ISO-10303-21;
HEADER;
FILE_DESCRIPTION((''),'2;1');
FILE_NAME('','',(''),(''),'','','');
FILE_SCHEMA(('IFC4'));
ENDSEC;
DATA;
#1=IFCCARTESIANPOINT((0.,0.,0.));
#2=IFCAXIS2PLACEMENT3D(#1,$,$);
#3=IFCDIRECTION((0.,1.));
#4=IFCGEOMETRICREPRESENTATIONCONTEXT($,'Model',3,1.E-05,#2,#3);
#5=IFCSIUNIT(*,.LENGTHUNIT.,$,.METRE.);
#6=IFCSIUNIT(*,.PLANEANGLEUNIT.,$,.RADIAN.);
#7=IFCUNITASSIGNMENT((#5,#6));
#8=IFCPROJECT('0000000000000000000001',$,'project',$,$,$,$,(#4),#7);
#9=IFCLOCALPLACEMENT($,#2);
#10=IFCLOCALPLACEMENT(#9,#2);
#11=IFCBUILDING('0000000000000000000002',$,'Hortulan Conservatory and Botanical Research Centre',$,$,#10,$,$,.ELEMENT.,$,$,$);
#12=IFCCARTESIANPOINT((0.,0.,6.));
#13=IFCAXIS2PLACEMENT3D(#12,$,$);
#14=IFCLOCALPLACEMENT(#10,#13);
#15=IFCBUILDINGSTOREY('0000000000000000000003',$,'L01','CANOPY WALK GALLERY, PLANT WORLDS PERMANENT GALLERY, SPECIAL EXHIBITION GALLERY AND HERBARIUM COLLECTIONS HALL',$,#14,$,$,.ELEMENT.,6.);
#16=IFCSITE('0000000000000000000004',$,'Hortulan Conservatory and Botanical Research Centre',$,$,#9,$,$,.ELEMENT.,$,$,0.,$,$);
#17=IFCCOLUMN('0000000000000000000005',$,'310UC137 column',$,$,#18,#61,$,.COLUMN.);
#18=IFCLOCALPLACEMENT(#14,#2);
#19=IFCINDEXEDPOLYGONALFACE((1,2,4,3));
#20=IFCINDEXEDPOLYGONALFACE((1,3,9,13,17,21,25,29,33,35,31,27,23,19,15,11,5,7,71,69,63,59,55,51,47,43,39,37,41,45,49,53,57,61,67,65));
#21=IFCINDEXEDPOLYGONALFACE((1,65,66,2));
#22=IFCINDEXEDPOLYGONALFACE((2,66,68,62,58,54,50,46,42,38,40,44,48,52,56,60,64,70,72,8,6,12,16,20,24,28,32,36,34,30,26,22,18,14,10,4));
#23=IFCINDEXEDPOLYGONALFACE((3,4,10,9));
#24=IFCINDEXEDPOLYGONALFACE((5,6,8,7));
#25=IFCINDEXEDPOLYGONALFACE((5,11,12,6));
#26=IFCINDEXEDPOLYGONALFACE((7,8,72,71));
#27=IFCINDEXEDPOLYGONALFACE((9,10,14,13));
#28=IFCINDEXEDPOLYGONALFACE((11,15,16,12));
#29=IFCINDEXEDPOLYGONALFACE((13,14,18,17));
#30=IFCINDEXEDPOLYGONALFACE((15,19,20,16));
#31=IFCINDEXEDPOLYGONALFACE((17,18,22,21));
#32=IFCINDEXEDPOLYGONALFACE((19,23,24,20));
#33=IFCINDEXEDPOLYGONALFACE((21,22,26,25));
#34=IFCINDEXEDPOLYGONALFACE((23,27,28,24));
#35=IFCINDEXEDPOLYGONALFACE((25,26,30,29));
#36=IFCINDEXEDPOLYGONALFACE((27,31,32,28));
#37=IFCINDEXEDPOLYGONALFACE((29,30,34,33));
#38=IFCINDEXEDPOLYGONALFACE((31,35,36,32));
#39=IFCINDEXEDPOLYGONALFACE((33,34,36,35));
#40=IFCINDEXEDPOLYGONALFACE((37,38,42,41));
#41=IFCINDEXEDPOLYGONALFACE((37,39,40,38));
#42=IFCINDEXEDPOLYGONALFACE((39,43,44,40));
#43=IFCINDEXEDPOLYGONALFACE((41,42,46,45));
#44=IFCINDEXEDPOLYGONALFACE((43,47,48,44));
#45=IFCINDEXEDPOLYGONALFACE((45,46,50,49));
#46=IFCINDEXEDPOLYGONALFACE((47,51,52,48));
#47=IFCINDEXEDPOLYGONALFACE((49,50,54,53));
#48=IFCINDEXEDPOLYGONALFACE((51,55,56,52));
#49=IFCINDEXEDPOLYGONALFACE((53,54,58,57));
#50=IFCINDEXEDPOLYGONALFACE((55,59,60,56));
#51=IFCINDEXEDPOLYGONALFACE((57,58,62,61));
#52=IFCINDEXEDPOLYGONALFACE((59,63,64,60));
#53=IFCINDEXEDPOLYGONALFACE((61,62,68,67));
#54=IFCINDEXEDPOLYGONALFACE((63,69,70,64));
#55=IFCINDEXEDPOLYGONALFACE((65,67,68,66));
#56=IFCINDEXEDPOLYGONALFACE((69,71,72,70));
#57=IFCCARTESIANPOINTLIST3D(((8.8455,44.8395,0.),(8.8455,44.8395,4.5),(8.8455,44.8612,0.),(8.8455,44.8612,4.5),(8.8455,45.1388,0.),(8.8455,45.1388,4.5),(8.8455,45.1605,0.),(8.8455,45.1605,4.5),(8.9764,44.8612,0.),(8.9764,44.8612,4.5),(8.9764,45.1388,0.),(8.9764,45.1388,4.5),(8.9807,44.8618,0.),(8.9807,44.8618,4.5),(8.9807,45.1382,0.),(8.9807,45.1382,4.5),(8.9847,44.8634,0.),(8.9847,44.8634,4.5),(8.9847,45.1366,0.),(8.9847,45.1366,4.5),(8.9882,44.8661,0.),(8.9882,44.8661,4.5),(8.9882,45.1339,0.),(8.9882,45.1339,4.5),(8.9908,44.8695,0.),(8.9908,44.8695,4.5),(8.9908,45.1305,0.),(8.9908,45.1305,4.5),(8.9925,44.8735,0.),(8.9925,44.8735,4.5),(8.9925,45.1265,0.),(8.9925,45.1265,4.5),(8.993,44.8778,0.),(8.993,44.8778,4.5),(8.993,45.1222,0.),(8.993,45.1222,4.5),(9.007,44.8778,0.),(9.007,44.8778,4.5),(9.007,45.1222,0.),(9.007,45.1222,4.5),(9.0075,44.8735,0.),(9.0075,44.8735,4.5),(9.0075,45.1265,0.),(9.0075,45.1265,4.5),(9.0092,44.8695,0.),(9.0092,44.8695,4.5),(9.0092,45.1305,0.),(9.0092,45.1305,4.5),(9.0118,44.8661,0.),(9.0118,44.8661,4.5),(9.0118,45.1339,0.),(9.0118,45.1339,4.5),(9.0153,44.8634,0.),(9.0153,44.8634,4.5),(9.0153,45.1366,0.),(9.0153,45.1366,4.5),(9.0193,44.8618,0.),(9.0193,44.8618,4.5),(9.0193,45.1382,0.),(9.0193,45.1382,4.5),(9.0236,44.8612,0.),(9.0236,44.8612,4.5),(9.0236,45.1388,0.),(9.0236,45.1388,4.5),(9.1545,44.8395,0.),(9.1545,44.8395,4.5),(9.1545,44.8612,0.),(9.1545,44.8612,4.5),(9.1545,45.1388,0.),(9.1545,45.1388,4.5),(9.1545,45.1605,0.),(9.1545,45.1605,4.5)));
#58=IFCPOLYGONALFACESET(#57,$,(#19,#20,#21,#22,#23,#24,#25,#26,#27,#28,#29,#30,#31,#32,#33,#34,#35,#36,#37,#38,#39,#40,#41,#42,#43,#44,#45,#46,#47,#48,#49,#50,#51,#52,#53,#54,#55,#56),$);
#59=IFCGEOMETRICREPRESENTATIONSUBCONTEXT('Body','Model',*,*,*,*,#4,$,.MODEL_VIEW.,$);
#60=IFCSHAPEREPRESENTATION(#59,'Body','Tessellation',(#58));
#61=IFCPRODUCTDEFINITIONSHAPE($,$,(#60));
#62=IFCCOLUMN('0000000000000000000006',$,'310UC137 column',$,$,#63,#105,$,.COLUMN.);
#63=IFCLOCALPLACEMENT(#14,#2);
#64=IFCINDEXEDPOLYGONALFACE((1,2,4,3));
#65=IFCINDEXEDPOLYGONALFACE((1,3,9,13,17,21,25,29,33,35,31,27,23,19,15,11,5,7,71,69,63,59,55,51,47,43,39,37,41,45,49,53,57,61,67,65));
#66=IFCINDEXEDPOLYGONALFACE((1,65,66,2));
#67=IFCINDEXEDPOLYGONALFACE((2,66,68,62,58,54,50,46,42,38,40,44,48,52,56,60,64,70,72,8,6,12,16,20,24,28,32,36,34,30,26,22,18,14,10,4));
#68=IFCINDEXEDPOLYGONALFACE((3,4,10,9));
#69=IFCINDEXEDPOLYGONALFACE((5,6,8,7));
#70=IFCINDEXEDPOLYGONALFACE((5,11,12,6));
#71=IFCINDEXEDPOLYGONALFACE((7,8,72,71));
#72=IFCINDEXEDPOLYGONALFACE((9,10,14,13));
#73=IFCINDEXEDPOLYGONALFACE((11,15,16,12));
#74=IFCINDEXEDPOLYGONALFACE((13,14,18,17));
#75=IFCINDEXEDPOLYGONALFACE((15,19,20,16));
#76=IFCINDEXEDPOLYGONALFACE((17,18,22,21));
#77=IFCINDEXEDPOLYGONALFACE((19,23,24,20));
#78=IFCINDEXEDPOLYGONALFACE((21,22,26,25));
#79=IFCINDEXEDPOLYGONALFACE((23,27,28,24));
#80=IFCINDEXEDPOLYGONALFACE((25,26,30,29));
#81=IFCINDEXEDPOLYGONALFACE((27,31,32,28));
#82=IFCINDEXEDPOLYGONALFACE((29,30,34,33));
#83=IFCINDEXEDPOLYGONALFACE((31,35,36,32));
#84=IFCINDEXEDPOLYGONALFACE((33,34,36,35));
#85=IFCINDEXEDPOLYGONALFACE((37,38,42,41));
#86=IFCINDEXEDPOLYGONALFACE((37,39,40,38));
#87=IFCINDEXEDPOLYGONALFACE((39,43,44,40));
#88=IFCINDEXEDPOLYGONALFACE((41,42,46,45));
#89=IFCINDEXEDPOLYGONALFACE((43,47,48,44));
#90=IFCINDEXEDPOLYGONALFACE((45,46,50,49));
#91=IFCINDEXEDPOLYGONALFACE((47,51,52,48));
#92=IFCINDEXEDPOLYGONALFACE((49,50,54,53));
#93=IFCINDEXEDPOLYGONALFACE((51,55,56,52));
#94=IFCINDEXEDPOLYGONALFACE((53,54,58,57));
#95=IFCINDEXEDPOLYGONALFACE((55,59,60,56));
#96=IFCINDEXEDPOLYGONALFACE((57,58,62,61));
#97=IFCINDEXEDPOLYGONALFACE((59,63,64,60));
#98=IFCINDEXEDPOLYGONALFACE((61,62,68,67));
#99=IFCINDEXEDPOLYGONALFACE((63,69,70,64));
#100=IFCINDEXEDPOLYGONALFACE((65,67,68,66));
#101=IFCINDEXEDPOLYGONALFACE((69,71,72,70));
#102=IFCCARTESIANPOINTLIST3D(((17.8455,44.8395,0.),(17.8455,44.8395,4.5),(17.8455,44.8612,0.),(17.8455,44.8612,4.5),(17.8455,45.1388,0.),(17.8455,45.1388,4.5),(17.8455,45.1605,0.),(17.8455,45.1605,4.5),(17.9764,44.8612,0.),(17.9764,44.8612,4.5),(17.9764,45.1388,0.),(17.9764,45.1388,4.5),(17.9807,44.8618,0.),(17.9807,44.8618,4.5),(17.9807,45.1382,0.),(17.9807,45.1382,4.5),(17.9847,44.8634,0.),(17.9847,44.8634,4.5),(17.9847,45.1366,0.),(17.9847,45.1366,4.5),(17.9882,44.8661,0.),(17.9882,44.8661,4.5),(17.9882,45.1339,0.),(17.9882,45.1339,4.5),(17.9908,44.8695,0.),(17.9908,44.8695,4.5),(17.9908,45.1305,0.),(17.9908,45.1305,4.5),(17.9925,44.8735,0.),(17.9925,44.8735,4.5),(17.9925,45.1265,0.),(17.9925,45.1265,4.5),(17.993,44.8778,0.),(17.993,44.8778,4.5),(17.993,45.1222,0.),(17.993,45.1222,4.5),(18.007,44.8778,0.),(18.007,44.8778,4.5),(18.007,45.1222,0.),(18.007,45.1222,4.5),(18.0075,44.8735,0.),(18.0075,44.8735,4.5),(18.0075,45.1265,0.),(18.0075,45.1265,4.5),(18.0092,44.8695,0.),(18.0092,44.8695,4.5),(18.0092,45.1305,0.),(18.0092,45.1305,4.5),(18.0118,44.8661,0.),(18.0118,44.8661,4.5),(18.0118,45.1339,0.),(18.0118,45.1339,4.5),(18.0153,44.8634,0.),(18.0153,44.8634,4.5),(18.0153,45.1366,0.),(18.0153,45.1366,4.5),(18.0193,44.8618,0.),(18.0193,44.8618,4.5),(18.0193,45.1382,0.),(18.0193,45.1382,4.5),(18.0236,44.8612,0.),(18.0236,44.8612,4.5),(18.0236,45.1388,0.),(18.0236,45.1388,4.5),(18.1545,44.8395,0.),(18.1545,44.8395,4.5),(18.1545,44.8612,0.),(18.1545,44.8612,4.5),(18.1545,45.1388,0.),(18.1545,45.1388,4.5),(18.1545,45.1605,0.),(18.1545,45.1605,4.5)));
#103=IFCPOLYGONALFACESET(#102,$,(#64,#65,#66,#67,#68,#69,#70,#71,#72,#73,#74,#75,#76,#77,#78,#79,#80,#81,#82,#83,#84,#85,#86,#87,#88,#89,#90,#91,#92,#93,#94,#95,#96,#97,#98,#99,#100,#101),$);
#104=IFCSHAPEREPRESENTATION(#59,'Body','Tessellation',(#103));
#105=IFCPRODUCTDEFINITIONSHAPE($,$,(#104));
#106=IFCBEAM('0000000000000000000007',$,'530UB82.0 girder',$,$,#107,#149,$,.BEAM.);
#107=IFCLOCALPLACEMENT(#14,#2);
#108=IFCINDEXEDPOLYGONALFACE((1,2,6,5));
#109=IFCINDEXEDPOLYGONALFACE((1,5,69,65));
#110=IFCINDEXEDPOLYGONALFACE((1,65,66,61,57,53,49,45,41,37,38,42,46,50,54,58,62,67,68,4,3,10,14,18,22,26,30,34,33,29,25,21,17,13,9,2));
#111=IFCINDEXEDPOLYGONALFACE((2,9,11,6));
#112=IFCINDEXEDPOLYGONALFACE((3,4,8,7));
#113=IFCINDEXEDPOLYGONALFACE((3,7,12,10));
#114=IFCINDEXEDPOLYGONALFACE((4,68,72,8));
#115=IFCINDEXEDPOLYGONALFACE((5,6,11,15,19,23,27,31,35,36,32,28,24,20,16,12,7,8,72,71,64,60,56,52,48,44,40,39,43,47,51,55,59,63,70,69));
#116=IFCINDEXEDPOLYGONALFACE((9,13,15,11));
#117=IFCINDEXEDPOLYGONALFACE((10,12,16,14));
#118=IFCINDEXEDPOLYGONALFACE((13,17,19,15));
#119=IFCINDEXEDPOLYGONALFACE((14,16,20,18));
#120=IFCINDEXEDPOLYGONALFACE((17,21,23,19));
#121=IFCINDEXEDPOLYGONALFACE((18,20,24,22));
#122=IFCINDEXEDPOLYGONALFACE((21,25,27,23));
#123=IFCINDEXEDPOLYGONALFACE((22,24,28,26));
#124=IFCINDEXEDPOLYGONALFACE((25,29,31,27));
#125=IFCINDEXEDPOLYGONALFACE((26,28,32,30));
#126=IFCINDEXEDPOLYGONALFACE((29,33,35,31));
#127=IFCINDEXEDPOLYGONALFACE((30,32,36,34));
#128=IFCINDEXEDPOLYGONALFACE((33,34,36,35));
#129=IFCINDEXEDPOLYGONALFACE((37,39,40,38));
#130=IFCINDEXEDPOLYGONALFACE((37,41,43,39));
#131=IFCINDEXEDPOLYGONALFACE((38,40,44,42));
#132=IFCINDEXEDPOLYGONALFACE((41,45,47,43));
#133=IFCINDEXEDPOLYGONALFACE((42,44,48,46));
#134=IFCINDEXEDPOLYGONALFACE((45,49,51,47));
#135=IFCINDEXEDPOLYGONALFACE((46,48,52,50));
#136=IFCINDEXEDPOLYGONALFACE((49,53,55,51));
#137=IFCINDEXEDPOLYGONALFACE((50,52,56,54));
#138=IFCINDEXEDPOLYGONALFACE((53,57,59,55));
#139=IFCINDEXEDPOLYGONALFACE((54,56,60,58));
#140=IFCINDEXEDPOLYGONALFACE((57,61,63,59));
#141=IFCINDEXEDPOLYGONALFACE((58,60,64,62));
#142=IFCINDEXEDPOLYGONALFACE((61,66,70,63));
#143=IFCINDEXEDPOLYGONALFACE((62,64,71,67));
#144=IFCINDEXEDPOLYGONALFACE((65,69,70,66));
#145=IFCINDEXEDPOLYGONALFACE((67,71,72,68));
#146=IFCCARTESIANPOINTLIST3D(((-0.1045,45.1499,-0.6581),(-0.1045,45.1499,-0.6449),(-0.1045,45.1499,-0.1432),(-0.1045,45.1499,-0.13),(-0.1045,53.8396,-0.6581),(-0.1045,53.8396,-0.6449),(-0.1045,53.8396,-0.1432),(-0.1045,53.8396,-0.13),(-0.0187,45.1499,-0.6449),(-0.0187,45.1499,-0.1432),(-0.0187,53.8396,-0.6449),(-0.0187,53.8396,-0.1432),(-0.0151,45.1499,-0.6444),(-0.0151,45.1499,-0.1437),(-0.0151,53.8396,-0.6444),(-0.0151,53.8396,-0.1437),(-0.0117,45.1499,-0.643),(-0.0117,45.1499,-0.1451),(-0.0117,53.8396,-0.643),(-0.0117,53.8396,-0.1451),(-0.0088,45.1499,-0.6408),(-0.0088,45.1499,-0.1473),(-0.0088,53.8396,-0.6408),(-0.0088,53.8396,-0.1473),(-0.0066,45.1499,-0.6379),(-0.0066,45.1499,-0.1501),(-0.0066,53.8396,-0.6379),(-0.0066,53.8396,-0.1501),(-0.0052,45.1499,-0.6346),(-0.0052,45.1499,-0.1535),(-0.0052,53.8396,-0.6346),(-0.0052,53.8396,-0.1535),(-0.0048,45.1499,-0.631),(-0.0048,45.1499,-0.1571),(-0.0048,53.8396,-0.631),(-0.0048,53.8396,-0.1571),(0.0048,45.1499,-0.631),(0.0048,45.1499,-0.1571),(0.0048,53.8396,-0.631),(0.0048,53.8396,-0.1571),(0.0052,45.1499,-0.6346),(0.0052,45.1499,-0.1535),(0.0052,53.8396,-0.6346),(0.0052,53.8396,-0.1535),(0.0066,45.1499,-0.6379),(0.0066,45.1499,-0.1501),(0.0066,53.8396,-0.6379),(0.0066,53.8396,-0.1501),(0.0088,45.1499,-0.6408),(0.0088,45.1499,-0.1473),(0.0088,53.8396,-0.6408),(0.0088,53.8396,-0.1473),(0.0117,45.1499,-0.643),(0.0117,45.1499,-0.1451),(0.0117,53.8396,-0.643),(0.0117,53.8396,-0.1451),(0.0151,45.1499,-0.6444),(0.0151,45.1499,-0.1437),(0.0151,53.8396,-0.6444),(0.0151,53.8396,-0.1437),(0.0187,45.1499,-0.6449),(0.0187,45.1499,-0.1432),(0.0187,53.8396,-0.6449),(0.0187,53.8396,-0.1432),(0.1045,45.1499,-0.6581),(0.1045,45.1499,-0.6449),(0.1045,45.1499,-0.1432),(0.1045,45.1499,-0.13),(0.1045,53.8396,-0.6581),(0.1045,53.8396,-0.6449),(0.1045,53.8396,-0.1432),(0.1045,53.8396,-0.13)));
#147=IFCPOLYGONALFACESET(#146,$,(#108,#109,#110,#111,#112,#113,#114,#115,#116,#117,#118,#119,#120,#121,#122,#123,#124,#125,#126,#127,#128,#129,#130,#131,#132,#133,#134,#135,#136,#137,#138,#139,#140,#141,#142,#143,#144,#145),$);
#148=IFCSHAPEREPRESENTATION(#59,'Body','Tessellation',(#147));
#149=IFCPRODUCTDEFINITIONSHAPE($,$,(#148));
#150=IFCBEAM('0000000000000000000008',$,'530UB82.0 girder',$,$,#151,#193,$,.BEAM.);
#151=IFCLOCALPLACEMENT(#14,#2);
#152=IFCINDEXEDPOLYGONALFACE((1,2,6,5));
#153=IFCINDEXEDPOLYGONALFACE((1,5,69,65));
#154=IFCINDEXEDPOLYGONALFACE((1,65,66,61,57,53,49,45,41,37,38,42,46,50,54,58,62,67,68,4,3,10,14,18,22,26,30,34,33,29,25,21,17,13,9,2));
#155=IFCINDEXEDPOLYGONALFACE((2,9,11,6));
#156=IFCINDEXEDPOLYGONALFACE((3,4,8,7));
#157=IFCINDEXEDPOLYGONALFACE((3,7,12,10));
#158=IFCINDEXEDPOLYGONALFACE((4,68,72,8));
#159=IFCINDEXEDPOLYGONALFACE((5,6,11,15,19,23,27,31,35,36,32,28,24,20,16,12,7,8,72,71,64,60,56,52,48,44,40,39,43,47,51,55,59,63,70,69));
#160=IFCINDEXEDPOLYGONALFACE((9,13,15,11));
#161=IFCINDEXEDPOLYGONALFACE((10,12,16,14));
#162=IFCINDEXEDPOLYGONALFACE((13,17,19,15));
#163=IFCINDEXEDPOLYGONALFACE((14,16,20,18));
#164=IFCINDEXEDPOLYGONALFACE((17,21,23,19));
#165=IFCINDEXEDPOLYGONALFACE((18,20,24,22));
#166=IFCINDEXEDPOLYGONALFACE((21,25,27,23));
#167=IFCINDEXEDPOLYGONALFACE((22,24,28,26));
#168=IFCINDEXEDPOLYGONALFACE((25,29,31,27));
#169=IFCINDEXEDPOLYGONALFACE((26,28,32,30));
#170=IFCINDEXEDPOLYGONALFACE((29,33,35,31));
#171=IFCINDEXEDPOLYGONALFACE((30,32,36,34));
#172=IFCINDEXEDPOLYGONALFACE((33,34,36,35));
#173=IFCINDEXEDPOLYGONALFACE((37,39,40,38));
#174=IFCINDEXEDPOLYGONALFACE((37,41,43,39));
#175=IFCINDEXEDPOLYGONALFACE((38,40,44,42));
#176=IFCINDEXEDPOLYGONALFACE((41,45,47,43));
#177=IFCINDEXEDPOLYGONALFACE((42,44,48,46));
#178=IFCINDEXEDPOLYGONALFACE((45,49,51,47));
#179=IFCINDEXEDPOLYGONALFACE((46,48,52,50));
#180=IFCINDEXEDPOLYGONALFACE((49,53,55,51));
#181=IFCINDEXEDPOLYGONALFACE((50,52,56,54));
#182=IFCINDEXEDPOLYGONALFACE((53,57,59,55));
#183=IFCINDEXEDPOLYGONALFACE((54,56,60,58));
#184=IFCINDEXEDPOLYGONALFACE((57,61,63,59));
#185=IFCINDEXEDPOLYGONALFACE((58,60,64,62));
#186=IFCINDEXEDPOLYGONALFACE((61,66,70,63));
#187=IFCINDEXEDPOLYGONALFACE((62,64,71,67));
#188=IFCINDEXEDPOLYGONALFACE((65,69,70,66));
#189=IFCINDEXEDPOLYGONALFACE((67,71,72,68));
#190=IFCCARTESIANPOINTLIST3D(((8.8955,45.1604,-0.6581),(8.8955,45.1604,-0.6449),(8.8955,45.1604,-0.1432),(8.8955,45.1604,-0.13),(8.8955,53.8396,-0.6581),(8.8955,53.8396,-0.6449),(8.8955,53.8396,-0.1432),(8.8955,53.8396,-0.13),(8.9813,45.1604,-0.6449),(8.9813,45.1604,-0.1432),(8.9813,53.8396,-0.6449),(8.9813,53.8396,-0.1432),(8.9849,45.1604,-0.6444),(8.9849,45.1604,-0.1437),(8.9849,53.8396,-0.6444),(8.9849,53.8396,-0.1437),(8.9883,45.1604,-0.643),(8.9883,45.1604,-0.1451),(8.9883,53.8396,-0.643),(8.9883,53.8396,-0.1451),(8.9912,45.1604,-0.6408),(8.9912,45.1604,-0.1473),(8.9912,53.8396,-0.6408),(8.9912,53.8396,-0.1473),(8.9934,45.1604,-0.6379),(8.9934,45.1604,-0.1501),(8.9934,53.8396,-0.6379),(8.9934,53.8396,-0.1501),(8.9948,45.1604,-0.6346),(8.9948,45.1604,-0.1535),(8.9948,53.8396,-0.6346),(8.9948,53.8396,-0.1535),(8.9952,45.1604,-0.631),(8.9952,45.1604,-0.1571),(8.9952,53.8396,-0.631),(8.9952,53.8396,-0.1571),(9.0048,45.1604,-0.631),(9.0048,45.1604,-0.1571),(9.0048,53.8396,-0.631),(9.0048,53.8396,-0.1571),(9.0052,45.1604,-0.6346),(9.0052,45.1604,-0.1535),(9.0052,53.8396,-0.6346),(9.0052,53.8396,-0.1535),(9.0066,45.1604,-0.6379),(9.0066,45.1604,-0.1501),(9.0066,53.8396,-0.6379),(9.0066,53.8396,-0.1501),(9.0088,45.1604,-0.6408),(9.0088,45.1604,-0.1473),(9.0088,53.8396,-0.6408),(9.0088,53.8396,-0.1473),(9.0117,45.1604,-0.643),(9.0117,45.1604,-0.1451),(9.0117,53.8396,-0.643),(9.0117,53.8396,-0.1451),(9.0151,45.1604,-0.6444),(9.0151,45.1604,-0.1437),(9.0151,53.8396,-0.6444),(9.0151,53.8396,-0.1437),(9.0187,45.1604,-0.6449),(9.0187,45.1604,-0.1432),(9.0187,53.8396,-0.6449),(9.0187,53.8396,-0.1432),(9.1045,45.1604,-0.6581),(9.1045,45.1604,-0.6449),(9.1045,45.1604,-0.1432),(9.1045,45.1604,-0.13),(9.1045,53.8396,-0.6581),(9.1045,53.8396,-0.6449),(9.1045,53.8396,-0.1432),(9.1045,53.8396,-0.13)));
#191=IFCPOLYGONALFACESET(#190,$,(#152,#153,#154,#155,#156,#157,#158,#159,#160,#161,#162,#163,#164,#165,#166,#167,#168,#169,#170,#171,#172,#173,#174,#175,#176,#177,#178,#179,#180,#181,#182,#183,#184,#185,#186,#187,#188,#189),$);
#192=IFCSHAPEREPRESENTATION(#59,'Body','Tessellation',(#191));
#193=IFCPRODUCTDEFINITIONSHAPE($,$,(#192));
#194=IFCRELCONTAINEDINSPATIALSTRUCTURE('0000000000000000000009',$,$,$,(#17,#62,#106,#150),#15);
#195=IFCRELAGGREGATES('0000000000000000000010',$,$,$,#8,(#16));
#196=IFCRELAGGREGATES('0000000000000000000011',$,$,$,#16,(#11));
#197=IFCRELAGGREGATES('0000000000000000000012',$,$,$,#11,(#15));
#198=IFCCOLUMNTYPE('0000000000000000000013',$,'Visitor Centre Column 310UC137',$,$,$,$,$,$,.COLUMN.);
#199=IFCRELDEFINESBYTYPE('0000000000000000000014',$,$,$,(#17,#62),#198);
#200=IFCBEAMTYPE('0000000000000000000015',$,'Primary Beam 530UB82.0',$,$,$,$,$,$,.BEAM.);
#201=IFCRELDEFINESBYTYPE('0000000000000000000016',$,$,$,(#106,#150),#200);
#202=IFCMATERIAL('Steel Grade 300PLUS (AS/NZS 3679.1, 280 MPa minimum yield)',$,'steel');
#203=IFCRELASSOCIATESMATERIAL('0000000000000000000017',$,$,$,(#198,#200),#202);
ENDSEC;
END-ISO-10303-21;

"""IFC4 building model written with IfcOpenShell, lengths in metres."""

from ifc_helpers import new_model, si_unit, direction, frame, origin, origin_2d, place, context, subcontext, project, spatial, i_section, extrude, material, material_profile, profile_set, type_object, element, save


model = new_model("IFC4")

# Units and contexts
model_context = context("Model", 3, precision=1e-05, world=origin(), true_north=direction((0.0, 1.0)))
body_context = subcontext(model_context, "Body", "Model", "MODEL_VIEW")
ifc_project = project(units=[si_unit("LENGTHUNIT", "METRE"), si_unit("PLANEANGLEUNIT", "RADIAN")], contexts=[model_context])

# Site, building, storey
site_placement = place(None, origin())
site = spatial("IfcSite", under=ifc_project, at=site_placement, Name="Hortulan Conservatory and Botanical Research Centre", CompositionType="ELEMENT", RefElevation=0.0)
building_placement = place(site_placement, origin())
building = spatial("IfcBuilding", under=site, at=building_placement, Name="Hortulan Conservatory and Botanical Research Centre", CompositionType="ELEMENT")
storey_placement = place(building_placement, frame((0.0, 0.0, 6.0)))
storey = spatial("IfcBuildingStorey", under=building, at=storey_placement, Name="L01", Description="CANOPY WALK GALLERY, PLANT WORLDS PERMANENT GALLERY, SPECIAL EXHIBITION GALLERY AND HERBARIUM COLLECTIONS HALL", CompositionType="ELEMENT", Elevation=6.0)

# Columns
ifc_material_1 = material(Name="Steel Grade 300PLUS (AS/NZS 3679.1, 280 MPa minimum yield)", Category="steel")
ifc_material_profile_1 = material_profile(ifc_material_1, i_section(OverallWidth=0.3091, OverallDepth=0.321, WebThickness=0.0139, FlangeThickness=0.0217, FilletRadius=0.0166, at=origin_2d()), Name="310UC137")
ifc_profile_set_1 = profile_set([ifc_material_profile_1], Name="Steel Grade 300PLUS (AS/NZS 3679.1, 280 MPa minimum yield)")
column_type = type_object("IfcColumnType", Name="Visitor Centre Column 310UC137", PredefinedType="COLUMN", material=ifc_profile_set_1)
for number, where, z_axis, x_axis, name in (
    (1, (9.0, 45.0, 0.0), (0.0, 0.0, 1.0), (1.0, 0.0, 0.0), "310UC137 column"),
    (2, (18.0, 45.0, 0.0), (0.0, 0.0, 1.0), (1.0, 0.0, 0.0), "310UC137 column"),
):
    element("IfcColumn", number, at=place(storey_placement, frame(where, z_axis=z_axis, x_axis=x_axis)), inside=storey, type_object=column_type, Name=name, PredefinedType="COLUMN", context=body_context, shape_type="SweptSolid", body=[
        extrude(i_section(OverallWidth=0.3091, OverallDepth=0.321, WebThickness=0.0139, FlangeThickness=0.0217, FilletRadius=0.0166, at=origin_2d()), origin(), (0.0, 0.0, 1.0), 4.5),
    ])

# Beams
ifc_material_profile_2 = material_profile(ifc_material_1, i_section(OverallWidth=0.209, OverallDepth=0.5281, WebThickness=0.0095, FlangeThickness=0.0132, FilletRadius=0.0139, at=origin_2d()), Name="530UB82.0")
ifc_profile_set_2 = profile_set([ifc_material_profile_2], Name="Steel Grade 300PLUS (AS/NZS 3679.1, 280 MPa minimum yield)")
beam_type_1 = type_object("IfcBeamType", Name="Primary Beam 530UB82.0", PredefinedType="BEAM", material=ifc_profile_set_2)
beam_1_placement = place(storey_placement, frame((0.0, 45.1499, -0.394), z_axis=(0.0, 1.0, 0.0), x_axis=(-1.0, 0.0, 0.0)))
element("IfcBeam", 3, at=beam_1_placement, inside=storey, type_object=beam_type_1, Name="530UB82.0 girder", PredefinedType="BEAM", context=body_context, shape_type="SweptSolid", body=[
    extrude(i_section(OverallWidth=0.209, OverallDepth=0.5281, WebThickness=0.0095, FlangeThickness=0.0132, FilletRadius=0.0139, at=origin_2d()), origin(), (0.0, 0.0, 1.0), 8.6897),
])
beam_2_placement = place(storey_placement, frame((9.0, 45.1604, -0.394), z_axis=(0.0, 1.0, 0.0), x_axis=(-1.0, 0.0, 0.0)))
element("IfcBeam", 4, at=beam_2_placement, inside=storey, type_object=beam_type_1, Name="530UB82.0 girder", PredefinedType="BEAM", context=body_context, shape_type="SweptSolid", body=[
    extrude(i_section(OverallWidth=0.209, OverallDepth=0.5281, WebThickness=0.0095, FlangeThickness=0.0132, FilletRadius=0.0139, at=origin_2d()), origin(), (0.0, 0.0, 1.0), 8.6792),
])

save(model, "model.ifc")
